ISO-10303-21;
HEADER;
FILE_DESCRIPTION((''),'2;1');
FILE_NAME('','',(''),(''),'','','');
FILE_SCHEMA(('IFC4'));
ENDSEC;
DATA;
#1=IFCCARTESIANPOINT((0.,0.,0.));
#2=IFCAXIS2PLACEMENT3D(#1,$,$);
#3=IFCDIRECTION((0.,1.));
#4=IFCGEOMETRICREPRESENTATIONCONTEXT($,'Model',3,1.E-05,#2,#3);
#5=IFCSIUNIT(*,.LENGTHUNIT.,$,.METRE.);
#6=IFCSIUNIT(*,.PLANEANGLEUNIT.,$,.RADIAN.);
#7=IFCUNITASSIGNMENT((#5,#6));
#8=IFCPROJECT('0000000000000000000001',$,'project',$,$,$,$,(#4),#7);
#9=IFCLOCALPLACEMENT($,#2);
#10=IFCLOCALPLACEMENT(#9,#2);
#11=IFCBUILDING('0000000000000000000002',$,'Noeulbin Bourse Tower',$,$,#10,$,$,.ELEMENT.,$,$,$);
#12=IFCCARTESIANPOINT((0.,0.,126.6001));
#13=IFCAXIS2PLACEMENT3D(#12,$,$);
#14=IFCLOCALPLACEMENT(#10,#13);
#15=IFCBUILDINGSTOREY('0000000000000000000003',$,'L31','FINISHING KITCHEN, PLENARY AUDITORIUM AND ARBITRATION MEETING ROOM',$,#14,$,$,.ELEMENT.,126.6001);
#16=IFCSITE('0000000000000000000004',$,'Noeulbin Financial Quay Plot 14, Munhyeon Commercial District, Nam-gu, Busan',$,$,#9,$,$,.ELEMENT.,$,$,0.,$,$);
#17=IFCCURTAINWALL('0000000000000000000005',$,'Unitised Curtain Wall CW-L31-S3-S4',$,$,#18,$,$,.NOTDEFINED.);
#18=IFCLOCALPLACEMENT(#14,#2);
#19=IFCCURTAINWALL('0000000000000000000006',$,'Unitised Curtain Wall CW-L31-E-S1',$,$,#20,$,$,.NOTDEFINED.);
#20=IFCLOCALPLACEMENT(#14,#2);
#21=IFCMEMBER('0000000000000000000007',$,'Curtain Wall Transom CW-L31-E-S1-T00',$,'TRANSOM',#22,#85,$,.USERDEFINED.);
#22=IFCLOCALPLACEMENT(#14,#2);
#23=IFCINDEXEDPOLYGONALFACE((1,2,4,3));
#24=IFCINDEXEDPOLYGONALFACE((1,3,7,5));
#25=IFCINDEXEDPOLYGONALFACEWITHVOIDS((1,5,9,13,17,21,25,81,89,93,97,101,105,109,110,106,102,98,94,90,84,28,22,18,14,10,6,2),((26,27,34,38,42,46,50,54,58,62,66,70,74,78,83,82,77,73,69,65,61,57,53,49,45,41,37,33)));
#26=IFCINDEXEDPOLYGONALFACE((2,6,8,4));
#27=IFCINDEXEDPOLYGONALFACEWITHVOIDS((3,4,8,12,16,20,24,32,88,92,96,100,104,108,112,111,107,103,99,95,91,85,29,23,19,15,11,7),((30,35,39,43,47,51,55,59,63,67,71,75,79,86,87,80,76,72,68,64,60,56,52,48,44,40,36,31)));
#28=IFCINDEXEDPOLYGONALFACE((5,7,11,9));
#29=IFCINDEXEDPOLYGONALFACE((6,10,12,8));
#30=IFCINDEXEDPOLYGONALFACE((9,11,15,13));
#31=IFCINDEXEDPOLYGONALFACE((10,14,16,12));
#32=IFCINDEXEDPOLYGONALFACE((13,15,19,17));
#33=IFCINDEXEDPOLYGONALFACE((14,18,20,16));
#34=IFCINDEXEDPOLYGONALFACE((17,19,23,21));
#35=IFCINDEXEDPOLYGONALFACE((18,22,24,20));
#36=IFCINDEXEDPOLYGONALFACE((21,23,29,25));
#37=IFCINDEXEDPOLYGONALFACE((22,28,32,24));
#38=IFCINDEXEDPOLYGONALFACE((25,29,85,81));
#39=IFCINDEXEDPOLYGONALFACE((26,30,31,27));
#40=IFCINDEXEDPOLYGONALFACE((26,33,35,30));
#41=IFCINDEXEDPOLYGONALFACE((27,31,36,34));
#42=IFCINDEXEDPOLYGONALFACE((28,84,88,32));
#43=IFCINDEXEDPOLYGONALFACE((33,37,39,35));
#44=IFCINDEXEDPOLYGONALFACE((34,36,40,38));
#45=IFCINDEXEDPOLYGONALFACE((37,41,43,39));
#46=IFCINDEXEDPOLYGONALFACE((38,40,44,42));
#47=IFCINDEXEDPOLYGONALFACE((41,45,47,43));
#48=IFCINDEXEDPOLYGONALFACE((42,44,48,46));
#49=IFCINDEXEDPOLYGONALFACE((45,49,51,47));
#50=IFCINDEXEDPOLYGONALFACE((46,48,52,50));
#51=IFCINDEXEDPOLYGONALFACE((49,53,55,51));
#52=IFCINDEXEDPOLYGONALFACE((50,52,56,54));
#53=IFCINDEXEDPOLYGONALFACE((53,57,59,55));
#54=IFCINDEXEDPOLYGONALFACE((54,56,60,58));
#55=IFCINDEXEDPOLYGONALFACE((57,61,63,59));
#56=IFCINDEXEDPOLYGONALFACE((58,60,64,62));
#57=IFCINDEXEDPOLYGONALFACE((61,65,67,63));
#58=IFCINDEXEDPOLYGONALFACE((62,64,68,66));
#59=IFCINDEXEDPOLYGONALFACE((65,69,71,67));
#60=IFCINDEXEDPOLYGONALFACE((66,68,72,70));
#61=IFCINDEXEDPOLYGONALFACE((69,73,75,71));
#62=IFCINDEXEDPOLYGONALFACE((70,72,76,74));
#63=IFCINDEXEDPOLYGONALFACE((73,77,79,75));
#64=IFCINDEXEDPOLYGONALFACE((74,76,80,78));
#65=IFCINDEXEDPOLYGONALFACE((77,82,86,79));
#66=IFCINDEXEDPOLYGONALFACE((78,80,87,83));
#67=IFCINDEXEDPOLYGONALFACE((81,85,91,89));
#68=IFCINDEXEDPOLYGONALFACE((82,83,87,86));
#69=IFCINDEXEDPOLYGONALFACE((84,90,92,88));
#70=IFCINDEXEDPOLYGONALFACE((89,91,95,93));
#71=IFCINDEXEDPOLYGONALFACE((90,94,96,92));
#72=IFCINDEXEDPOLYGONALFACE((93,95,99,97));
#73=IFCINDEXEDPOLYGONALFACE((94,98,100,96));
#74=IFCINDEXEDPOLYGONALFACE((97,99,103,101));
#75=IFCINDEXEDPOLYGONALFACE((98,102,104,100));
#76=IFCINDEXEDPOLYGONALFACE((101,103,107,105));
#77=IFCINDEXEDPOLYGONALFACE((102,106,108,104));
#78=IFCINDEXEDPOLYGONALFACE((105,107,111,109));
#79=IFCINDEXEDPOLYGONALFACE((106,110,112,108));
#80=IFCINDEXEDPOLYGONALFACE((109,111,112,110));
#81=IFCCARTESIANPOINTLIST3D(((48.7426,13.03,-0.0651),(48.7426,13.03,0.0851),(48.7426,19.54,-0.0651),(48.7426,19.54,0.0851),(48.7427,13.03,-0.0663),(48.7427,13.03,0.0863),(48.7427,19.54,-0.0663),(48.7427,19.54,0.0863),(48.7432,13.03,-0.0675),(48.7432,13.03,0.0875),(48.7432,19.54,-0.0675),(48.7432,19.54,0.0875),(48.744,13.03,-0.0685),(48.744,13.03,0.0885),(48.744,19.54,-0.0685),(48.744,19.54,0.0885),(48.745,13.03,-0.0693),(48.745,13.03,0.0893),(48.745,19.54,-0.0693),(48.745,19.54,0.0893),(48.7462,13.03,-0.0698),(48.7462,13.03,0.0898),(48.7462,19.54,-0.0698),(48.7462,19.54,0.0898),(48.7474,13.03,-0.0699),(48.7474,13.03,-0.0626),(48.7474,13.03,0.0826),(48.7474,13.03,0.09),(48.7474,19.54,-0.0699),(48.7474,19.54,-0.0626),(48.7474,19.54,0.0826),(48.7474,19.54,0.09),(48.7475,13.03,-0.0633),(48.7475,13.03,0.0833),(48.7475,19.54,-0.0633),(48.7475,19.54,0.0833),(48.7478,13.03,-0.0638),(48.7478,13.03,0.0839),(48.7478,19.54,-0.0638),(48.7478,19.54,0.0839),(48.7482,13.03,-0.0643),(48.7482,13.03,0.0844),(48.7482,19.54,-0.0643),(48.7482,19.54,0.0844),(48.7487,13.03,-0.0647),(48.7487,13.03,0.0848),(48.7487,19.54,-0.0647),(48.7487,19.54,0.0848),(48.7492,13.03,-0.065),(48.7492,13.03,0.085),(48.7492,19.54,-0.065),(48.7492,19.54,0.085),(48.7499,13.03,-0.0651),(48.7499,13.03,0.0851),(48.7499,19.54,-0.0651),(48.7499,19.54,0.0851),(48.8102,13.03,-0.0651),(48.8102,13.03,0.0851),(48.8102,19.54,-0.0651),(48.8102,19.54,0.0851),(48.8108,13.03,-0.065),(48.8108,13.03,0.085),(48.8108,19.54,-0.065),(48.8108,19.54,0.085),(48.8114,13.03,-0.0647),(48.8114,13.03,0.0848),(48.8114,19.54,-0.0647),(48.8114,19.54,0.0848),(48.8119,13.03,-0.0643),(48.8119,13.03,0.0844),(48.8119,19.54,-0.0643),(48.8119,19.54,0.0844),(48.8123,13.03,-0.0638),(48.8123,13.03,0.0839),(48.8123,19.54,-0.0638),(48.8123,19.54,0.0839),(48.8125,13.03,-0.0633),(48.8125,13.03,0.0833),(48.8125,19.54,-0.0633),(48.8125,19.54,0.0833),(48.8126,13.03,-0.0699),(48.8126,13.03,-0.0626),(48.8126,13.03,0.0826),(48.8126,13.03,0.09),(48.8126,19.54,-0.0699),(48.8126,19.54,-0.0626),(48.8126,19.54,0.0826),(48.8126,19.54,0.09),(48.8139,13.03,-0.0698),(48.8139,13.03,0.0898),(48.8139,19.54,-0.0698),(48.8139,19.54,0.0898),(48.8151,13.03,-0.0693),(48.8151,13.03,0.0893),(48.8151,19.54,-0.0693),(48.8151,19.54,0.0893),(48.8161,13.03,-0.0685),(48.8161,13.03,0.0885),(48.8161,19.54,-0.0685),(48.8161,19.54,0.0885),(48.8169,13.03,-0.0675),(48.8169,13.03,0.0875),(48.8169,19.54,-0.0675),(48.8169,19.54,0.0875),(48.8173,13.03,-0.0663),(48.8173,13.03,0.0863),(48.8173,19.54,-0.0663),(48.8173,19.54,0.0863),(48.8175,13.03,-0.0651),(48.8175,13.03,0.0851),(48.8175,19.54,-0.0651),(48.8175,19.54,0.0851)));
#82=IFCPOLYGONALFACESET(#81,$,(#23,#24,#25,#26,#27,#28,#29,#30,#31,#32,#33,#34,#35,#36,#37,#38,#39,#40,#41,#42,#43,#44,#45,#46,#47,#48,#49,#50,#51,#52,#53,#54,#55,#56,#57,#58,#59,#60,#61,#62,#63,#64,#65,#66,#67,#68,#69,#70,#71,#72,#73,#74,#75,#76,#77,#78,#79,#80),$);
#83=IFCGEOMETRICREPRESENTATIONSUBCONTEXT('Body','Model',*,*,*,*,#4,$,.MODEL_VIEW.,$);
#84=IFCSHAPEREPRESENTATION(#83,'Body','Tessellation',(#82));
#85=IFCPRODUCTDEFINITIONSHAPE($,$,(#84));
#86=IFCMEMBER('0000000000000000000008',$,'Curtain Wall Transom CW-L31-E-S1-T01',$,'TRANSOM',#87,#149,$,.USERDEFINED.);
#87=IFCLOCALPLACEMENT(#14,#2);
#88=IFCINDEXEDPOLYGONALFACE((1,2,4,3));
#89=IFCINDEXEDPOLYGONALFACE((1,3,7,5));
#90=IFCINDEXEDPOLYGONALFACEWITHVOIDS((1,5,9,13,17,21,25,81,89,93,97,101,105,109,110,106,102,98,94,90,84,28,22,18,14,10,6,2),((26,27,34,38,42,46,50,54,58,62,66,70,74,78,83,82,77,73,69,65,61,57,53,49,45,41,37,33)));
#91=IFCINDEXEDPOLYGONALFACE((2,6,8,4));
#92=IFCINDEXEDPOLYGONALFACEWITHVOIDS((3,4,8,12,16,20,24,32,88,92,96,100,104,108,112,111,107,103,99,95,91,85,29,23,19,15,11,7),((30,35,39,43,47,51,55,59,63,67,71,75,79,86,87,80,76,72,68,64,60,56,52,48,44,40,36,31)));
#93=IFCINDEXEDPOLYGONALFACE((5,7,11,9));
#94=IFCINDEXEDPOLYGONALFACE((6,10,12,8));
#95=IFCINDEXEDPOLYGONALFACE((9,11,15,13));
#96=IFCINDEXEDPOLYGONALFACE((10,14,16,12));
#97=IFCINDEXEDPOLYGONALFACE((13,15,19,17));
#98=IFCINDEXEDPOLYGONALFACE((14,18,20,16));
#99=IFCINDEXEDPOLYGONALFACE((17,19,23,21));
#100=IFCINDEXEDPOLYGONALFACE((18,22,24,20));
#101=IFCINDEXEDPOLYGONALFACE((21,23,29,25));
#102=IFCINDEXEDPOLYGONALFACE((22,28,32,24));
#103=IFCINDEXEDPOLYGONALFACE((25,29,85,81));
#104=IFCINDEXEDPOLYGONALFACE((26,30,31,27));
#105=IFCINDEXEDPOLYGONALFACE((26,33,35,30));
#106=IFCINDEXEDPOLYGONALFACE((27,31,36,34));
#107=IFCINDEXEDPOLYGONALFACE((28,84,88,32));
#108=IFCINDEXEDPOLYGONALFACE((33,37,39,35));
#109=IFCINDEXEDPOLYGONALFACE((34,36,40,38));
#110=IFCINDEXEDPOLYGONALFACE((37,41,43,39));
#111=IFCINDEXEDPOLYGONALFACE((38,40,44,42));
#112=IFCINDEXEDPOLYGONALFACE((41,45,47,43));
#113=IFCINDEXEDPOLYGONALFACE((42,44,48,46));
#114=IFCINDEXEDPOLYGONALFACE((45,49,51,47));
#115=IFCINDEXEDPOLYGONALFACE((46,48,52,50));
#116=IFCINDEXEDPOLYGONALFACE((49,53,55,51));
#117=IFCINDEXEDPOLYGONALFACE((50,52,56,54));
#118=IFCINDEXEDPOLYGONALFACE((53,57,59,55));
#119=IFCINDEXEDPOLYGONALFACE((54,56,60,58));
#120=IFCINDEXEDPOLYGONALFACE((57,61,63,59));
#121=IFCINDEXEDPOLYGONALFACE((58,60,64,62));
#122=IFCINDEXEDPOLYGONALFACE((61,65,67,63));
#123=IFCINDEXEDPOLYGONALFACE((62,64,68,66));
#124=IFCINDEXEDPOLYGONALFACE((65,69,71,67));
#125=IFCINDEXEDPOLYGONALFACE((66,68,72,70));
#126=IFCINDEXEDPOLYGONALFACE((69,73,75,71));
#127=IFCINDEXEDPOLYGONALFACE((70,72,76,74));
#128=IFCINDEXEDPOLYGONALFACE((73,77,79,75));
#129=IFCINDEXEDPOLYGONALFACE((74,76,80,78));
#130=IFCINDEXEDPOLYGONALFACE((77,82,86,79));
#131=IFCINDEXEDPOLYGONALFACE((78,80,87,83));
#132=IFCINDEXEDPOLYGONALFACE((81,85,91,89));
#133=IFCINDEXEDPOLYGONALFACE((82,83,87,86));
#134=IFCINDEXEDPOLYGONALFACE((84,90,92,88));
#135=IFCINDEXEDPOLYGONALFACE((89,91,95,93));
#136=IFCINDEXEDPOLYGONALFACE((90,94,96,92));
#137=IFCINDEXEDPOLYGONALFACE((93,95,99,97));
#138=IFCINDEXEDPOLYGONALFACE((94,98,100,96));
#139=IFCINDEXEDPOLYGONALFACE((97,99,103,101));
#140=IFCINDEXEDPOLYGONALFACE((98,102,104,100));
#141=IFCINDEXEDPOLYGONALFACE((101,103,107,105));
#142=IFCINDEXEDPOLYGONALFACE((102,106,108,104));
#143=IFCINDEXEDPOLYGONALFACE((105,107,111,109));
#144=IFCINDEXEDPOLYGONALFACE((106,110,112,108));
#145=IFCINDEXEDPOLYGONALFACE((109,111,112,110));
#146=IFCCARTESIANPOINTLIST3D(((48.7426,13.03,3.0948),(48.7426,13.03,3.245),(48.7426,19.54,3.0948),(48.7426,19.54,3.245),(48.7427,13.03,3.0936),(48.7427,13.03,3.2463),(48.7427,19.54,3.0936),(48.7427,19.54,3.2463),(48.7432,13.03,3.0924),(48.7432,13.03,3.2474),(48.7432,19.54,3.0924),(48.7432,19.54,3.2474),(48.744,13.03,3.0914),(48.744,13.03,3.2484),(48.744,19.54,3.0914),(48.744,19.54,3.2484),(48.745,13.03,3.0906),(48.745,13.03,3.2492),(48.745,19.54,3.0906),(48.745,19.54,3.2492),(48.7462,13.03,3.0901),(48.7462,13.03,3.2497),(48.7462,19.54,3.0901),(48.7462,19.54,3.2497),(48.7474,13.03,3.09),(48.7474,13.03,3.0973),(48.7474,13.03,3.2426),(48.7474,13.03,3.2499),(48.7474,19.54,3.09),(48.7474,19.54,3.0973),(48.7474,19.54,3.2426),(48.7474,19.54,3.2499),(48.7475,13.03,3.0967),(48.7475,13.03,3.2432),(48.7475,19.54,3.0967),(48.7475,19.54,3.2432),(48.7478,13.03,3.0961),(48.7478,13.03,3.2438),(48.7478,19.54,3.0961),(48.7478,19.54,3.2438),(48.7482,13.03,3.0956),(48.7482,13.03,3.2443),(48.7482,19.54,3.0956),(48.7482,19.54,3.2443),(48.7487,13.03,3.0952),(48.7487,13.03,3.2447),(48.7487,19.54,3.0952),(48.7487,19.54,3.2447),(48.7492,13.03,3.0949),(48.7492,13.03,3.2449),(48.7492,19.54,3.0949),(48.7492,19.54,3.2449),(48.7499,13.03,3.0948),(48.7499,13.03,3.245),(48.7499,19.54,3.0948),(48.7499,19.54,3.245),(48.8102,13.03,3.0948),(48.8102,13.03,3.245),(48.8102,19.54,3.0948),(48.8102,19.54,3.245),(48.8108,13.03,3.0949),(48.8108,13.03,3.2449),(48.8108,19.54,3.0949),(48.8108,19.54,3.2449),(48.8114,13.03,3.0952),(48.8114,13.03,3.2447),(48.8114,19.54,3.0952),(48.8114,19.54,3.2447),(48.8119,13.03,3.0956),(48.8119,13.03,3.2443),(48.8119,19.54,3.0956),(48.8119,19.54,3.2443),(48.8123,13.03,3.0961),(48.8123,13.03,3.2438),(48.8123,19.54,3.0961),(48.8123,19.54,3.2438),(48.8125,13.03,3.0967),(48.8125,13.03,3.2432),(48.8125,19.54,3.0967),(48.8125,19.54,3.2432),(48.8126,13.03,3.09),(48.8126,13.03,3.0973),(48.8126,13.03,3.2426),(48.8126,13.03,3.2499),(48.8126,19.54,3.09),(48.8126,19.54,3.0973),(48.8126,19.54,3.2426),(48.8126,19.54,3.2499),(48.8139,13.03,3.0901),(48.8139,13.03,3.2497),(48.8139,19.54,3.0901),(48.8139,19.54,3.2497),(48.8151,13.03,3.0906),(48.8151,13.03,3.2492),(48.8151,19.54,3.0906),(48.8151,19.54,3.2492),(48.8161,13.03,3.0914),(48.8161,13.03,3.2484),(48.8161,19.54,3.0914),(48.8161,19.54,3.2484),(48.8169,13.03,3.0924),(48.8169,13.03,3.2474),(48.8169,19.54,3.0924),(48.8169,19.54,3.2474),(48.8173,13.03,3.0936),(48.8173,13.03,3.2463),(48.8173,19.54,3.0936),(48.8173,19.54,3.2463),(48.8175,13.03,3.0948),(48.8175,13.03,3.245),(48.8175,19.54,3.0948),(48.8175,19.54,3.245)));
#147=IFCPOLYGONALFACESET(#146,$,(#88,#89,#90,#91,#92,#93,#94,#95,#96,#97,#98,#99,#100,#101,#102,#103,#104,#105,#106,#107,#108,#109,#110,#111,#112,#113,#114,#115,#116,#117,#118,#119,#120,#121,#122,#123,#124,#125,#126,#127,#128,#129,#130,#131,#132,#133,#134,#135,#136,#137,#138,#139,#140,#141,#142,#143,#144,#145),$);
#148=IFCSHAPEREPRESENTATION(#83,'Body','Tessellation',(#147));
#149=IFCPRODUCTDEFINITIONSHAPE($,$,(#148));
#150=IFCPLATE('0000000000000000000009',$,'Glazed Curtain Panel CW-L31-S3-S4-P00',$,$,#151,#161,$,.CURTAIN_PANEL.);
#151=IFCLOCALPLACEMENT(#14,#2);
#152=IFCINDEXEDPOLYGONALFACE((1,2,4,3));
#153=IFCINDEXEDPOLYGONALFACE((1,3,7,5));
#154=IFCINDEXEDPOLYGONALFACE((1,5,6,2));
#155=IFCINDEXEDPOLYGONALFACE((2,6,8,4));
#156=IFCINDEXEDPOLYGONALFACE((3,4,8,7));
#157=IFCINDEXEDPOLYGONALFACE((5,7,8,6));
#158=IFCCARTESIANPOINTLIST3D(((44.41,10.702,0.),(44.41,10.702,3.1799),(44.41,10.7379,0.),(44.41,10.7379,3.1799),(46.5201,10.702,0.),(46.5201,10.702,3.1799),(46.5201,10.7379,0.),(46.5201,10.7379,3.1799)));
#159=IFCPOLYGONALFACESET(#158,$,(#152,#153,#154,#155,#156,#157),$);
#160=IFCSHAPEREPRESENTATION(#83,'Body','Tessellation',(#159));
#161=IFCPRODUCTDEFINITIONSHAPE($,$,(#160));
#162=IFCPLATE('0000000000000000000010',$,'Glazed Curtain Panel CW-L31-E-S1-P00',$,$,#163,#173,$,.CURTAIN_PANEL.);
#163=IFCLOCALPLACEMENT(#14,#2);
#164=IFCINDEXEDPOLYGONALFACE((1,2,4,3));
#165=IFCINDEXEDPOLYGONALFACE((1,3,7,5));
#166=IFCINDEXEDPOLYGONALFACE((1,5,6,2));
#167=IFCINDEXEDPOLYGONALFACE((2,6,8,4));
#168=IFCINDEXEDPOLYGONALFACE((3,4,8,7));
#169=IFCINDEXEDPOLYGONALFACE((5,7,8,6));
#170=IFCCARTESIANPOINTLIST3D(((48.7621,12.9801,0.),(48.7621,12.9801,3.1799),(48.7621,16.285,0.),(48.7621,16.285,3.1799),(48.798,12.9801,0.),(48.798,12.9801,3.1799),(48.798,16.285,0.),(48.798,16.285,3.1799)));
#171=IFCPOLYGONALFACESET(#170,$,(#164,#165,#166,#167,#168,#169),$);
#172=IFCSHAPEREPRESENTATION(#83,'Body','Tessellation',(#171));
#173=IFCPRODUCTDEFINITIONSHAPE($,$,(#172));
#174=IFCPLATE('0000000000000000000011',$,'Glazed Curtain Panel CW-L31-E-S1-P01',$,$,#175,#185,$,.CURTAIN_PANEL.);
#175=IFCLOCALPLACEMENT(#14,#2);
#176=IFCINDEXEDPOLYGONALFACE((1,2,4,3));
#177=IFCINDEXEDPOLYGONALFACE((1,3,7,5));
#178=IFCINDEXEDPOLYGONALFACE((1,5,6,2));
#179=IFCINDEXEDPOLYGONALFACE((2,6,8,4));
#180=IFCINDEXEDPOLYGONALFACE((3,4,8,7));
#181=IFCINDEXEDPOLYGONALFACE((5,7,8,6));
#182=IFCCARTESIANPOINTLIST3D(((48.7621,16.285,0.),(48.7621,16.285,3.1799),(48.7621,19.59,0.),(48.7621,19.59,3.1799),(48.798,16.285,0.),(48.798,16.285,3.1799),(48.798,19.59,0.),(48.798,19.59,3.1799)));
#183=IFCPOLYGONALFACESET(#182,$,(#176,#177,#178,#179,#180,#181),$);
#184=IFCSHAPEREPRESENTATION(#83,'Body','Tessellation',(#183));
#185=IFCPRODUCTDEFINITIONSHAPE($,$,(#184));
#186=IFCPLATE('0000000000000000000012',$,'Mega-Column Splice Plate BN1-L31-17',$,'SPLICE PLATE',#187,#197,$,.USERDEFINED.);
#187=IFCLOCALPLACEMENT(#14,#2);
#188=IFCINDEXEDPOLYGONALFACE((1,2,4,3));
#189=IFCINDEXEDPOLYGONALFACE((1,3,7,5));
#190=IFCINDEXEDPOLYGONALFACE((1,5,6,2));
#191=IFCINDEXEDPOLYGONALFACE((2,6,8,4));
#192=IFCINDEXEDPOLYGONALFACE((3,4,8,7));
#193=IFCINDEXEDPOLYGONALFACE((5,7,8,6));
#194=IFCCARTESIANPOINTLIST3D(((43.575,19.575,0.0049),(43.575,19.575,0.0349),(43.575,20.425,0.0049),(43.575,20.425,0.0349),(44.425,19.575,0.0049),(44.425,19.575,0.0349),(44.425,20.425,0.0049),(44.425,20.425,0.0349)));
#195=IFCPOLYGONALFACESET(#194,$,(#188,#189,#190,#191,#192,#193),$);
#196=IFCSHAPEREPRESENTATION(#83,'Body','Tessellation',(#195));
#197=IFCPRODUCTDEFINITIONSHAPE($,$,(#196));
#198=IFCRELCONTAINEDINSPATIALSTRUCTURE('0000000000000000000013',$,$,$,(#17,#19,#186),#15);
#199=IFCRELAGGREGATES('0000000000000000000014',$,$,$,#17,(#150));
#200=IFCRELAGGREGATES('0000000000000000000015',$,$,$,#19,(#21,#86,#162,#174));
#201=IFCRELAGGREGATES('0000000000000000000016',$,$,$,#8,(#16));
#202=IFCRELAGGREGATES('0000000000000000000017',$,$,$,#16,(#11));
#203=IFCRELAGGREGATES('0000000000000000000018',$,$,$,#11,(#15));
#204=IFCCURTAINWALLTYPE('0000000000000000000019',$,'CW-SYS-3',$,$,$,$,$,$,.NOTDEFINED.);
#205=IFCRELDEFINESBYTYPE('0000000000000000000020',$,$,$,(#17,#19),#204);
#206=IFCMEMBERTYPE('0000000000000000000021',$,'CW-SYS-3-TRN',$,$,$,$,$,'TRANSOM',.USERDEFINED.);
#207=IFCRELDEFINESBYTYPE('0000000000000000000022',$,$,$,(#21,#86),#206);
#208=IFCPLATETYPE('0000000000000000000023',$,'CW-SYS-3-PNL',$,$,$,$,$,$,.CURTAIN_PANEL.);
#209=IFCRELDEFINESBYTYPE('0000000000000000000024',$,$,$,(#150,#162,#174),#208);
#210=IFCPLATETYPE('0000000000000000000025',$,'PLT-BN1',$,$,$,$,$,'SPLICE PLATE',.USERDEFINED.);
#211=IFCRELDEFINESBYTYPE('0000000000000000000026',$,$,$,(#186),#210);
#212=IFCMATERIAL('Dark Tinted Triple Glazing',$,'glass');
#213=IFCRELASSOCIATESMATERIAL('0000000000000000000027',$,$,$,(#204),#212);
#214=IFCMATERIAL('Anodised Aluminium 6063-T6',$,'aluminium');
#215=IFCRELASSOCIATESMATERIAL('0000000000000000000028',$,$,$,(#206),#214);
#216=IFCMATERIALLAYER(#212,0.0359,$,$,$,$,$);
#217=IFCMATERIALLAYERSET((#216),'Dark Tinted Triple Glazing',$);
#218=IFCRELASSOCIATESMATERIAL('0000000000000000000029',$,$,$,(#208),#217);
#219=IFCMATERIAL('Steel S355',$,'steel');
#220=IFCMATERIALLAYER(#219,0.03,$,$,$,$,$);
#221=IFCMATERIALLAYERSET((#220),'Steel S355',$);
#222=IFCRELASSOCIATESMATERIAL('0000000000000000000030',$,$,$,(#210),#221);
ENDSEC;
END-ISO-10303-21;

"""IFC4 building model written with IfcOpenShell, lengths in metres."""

from ifc_helpers import new_model, si_unit, direction, frame, origin, origin_2d, place, context, subcontext, project, spatial, rectangle, hollow_rectangle, extrude, material, layer, layer_set, material_profile, profile_set, type_object, element, aggregate, save


model = new_model("IFC4")

# Units and contexts
model_context = context("Model", 3, precision=1e-05, world=origin(), true_north=direction((0.0, 1.0)))
body_context = subcontext(model_context, "Body", "Model", "MODEL_VIEW")
ifc_project = project(units=[si_unit("LENGTHUNIT", "METRE"), si_unit("PLANEANGLEUNIT", "RADIAN")], contexts=[model_context])

# Site, building, storey
site_placement = place(None, origin())
site = spatial("IfcSite", under=ifc_project, at=site_placement, Name="Noeulbin Financial Quay Plot 14, Munhyeon Commercial District, Nam-gu, Busan", CompositionType="ELEMENT", RefElevation=0.0)
building_placement = place(site_placement, origin())
building = spatial("IfcBuilding", under=site, at=building_placement, Name="Noeulbin Bourse Tower", CompositionType="ELEMENT")
storey_placement = place(building_placement, frame((0.0, 0.0, 126.6001)))
storey = spatial("IfcBuildingStorey", under=building, at=storey_placement, Name="L31", Description="FINISHING KITCHEN, PLENARY AUDITORIUM AND ARBITRATION MEETING ROOM", CompositionType="ELEMENT", Elevation=126.6001)

# Shared definitions
ifc_material_1 = material(Name="Steel S355", Category="steel")

# Curtain walls
ifc_material_2 = material(Name="Dark Tinted Triple Glazing", Category="glass")
curtain_wall_type = type_object("IfcCurtainWallType", Name="CW-SYS-3", PredefinedType="NOTDEFINED", material=ifc_material_2)
curtain_wall_1_placement = place(storey_placement, origin())
curtain_wall_1 = element("IfcCurtainWall", 1, at=curtain_wall_1_placement, inside=storey, type_object=curtain_wall_type, Name="Unitised Curtain Wall CW-L31-S3-S4", PredefinedType="NOTDEFINED")
ifc_material_3 = material(Name="Anodised Aluminium 6063-T6", Category="aluminium")
curtain_wall_2_placement = place(storey_placement, origin())
curtain_wall_2 = element("IfcCurtainWall", 2, at=curtain_wall_2_placement, inside=storey, type_object=curtain_wall_type, Name="Unitised Curtain Wall CW-L31-E-S1", PredefinedType="NOTDEFINED")

# Members
ifc_material_profile_1 = material_profile(ifc_material_3, hollow_rectangle(XDim=0.075, YDim=0.1599, WallThickness=0.0049, InnerFilletRadius=0.0024, OuterFilletRadius=0.0049, at=origin_2d()), Name="ALU-TRAN-75x160x5", Category="LoadBearing")
ifc_profile_set_1 = profile_set([ifc_material_profile_1], Name="Anodised Aluminium 6063-T6")
member_type_1 = type_object("IfcMemberType", Name="CW-SYS-3-TRN", ElementType="TRANSOM", PredefinedType="USERDEFINED", material=ifc_profile_set_1)
member_1_placement = place(storey_placement, frame((48.78, 13.03, 0.01), z_axis=(0.0, 1.0, 0.0), x_axis=(-1.0, 0.0, 0.0)))
member_1 = element("IfcMember", 3, at=member_1_placement, type_object=member_type_1, Name="Curtain Wall Transom CW-L31-E-S1-T00", ObjectType="TRANSOM", PredefinedType="USERDEFINED", context=body_context, shape_type="SweptSolid", body=[
    extrude(hollow_rectangle(XDim=0.075, YDim=0.1599, WallThickness=0.0049, InnerFilletRadius=0.0024, OuterFilletRadius=0.0049, at=origin_2d()), origin(), (0.0, 0.0, 1.0), 6.51),
])
member_2_placement = place(storey_placement, frame((48.78, 13.03, 3.1699), z_axis=(0.0, 1.0, 0.0), x_axis=(-1.0, 0.0, 0.0)))
member_2 = element("IfcMember", 4, at=member_2_placement, type_object=member_type_1, Name="Curtain Wall Transom CW-L31-E-S1-T01", ObjectType="TRANSOM", PredefinedType="USERDEFINED", context=body_context, shape_type="SweptSolid", body=[
    extrude(hollow_rectangle(XDim=0.075, YDim=0.1599, WallThickness=0.0049, InnerFilletRadius=0.0024, OuterFilletRadius=0.0049, at=origin_2d()), origin(), (0.0, 0.0, 1.0), 6.51),
])

# Plates
ifc_layer_1 = layer(ifc_material_2, 0.0359)
ifc_layer_set_1 = layer_set([ifc_layer_1], Name="Dark Tinted Triple Glazing")
plate_type_1 = type_object("IfcPlateType", Name="CW-SYS-3-PNL", PredefinedType="CURTAIN_PANEL", material=ifc_layer_set_1)
plate_1_placement = place(storey_placement, frame((45.4651, 10.72, 0.0), z_axis=(0.0, 0.0, 1.0), x_axis=(1.0, 0.0, 0.0)))
plate_1 = element("IfcPlate", 5, at=plate_1_placement, type_object=plate_type_1, Name="Glazed Curtain Panel CW-L31-S3-S4-P00", PredefinedType="CURTAIN_PANEL", context=body_context, shape_type="SweptSolid", body=[
    extrude(rectangle(XDim=2.1101, YDim=0.0359, at=origin_2d()), origin(), (0.0, 0.0, 1.0), 3.1799),
])
aggregate(curtain_wall_1, [plate_1])
plate_2_placement = place(storey_placement, frame((48.78, 14.6326, 0.0), z_axis=(0.0, 0.0, 1.0), x_axis=(0.0, 1.0, 0.0)))
plate_2 = element("IfcPlate", 6, at=plate_2_placement, type_object=plate_type_1, Name="Glazed Curtain Panel CW-L31-E-S1-P00", PredefinedType="CURTAIN_PANEL", context=body_context, shape_type="SweptSolid", body=[
    extrude(rectangle(XDim=3.3049, YDim=0.0359, at=origin_2d()), origin(), (0.0, 0.0, 1.0), 3.1799),
])
plate_3_placement = place(storey_placement, frame((48.78, 17.9375, 0.0), z_axis=(0.0, 0.0, 1.0), x_axis=(0.0, 1.0, 0.0)))
plate_3 = element("IfcPlate", 7, at=plate_3_placement, type_object=plate_type_1, Name="Glazed Curtain Panel CW-L31-E-S1-P01", PredefinedType="CURTAIN_PANEL", context=body_context, shape_type="SweptSolid", body=[
    extrude(rectangle(XDim=3.3049, YDim=0.0359, at=origin_2d()), origin(), (0.0, 0.0, 1.0), 3.1799),
])
aggregate(curtain_wall_2, [member_1, member_2, plate_2, plate_3])

# Plate
ifc_layer_2 = layer(ifc_material_1, 0.03)
ifc_layer_set_2 = layer_set([ifc_layer_2], Name="Steel S355")
plate_type_2 = type_object("IfcPlateType", Name="PLT-BN1", ElementType="SPLICE PLATE", PredefinedType="USERDEFINED", material=ifc_layer_set_2)
for number, where, z_axis, x_axis, name in (
    (8, (44.0, 20.0, 0.0049), (0.0, 0.0, 1.0), (1.0, 0.0, 0.0), "Mega-Column Splice Plate BN1-L31-17"),
):
    element("IfcPlate", number, at=place(storey_placement, frame(where, z_axis=z_axis, x_axis=x_axis)), inside=storey, type_object=plate_type_2, Name=name, ObjectType="SPLICE PLATE", PredefinedType="USERDEFINED", context=body_context, shape_type="SweptSolid", body=[
        extrude(rectangle(XDim=0.8501, YDim=0.8501, at=origin_2d()), origin(), (0.0, 0.0, 1.0), 0.03),
    ])

save(model, "model.ifc")
